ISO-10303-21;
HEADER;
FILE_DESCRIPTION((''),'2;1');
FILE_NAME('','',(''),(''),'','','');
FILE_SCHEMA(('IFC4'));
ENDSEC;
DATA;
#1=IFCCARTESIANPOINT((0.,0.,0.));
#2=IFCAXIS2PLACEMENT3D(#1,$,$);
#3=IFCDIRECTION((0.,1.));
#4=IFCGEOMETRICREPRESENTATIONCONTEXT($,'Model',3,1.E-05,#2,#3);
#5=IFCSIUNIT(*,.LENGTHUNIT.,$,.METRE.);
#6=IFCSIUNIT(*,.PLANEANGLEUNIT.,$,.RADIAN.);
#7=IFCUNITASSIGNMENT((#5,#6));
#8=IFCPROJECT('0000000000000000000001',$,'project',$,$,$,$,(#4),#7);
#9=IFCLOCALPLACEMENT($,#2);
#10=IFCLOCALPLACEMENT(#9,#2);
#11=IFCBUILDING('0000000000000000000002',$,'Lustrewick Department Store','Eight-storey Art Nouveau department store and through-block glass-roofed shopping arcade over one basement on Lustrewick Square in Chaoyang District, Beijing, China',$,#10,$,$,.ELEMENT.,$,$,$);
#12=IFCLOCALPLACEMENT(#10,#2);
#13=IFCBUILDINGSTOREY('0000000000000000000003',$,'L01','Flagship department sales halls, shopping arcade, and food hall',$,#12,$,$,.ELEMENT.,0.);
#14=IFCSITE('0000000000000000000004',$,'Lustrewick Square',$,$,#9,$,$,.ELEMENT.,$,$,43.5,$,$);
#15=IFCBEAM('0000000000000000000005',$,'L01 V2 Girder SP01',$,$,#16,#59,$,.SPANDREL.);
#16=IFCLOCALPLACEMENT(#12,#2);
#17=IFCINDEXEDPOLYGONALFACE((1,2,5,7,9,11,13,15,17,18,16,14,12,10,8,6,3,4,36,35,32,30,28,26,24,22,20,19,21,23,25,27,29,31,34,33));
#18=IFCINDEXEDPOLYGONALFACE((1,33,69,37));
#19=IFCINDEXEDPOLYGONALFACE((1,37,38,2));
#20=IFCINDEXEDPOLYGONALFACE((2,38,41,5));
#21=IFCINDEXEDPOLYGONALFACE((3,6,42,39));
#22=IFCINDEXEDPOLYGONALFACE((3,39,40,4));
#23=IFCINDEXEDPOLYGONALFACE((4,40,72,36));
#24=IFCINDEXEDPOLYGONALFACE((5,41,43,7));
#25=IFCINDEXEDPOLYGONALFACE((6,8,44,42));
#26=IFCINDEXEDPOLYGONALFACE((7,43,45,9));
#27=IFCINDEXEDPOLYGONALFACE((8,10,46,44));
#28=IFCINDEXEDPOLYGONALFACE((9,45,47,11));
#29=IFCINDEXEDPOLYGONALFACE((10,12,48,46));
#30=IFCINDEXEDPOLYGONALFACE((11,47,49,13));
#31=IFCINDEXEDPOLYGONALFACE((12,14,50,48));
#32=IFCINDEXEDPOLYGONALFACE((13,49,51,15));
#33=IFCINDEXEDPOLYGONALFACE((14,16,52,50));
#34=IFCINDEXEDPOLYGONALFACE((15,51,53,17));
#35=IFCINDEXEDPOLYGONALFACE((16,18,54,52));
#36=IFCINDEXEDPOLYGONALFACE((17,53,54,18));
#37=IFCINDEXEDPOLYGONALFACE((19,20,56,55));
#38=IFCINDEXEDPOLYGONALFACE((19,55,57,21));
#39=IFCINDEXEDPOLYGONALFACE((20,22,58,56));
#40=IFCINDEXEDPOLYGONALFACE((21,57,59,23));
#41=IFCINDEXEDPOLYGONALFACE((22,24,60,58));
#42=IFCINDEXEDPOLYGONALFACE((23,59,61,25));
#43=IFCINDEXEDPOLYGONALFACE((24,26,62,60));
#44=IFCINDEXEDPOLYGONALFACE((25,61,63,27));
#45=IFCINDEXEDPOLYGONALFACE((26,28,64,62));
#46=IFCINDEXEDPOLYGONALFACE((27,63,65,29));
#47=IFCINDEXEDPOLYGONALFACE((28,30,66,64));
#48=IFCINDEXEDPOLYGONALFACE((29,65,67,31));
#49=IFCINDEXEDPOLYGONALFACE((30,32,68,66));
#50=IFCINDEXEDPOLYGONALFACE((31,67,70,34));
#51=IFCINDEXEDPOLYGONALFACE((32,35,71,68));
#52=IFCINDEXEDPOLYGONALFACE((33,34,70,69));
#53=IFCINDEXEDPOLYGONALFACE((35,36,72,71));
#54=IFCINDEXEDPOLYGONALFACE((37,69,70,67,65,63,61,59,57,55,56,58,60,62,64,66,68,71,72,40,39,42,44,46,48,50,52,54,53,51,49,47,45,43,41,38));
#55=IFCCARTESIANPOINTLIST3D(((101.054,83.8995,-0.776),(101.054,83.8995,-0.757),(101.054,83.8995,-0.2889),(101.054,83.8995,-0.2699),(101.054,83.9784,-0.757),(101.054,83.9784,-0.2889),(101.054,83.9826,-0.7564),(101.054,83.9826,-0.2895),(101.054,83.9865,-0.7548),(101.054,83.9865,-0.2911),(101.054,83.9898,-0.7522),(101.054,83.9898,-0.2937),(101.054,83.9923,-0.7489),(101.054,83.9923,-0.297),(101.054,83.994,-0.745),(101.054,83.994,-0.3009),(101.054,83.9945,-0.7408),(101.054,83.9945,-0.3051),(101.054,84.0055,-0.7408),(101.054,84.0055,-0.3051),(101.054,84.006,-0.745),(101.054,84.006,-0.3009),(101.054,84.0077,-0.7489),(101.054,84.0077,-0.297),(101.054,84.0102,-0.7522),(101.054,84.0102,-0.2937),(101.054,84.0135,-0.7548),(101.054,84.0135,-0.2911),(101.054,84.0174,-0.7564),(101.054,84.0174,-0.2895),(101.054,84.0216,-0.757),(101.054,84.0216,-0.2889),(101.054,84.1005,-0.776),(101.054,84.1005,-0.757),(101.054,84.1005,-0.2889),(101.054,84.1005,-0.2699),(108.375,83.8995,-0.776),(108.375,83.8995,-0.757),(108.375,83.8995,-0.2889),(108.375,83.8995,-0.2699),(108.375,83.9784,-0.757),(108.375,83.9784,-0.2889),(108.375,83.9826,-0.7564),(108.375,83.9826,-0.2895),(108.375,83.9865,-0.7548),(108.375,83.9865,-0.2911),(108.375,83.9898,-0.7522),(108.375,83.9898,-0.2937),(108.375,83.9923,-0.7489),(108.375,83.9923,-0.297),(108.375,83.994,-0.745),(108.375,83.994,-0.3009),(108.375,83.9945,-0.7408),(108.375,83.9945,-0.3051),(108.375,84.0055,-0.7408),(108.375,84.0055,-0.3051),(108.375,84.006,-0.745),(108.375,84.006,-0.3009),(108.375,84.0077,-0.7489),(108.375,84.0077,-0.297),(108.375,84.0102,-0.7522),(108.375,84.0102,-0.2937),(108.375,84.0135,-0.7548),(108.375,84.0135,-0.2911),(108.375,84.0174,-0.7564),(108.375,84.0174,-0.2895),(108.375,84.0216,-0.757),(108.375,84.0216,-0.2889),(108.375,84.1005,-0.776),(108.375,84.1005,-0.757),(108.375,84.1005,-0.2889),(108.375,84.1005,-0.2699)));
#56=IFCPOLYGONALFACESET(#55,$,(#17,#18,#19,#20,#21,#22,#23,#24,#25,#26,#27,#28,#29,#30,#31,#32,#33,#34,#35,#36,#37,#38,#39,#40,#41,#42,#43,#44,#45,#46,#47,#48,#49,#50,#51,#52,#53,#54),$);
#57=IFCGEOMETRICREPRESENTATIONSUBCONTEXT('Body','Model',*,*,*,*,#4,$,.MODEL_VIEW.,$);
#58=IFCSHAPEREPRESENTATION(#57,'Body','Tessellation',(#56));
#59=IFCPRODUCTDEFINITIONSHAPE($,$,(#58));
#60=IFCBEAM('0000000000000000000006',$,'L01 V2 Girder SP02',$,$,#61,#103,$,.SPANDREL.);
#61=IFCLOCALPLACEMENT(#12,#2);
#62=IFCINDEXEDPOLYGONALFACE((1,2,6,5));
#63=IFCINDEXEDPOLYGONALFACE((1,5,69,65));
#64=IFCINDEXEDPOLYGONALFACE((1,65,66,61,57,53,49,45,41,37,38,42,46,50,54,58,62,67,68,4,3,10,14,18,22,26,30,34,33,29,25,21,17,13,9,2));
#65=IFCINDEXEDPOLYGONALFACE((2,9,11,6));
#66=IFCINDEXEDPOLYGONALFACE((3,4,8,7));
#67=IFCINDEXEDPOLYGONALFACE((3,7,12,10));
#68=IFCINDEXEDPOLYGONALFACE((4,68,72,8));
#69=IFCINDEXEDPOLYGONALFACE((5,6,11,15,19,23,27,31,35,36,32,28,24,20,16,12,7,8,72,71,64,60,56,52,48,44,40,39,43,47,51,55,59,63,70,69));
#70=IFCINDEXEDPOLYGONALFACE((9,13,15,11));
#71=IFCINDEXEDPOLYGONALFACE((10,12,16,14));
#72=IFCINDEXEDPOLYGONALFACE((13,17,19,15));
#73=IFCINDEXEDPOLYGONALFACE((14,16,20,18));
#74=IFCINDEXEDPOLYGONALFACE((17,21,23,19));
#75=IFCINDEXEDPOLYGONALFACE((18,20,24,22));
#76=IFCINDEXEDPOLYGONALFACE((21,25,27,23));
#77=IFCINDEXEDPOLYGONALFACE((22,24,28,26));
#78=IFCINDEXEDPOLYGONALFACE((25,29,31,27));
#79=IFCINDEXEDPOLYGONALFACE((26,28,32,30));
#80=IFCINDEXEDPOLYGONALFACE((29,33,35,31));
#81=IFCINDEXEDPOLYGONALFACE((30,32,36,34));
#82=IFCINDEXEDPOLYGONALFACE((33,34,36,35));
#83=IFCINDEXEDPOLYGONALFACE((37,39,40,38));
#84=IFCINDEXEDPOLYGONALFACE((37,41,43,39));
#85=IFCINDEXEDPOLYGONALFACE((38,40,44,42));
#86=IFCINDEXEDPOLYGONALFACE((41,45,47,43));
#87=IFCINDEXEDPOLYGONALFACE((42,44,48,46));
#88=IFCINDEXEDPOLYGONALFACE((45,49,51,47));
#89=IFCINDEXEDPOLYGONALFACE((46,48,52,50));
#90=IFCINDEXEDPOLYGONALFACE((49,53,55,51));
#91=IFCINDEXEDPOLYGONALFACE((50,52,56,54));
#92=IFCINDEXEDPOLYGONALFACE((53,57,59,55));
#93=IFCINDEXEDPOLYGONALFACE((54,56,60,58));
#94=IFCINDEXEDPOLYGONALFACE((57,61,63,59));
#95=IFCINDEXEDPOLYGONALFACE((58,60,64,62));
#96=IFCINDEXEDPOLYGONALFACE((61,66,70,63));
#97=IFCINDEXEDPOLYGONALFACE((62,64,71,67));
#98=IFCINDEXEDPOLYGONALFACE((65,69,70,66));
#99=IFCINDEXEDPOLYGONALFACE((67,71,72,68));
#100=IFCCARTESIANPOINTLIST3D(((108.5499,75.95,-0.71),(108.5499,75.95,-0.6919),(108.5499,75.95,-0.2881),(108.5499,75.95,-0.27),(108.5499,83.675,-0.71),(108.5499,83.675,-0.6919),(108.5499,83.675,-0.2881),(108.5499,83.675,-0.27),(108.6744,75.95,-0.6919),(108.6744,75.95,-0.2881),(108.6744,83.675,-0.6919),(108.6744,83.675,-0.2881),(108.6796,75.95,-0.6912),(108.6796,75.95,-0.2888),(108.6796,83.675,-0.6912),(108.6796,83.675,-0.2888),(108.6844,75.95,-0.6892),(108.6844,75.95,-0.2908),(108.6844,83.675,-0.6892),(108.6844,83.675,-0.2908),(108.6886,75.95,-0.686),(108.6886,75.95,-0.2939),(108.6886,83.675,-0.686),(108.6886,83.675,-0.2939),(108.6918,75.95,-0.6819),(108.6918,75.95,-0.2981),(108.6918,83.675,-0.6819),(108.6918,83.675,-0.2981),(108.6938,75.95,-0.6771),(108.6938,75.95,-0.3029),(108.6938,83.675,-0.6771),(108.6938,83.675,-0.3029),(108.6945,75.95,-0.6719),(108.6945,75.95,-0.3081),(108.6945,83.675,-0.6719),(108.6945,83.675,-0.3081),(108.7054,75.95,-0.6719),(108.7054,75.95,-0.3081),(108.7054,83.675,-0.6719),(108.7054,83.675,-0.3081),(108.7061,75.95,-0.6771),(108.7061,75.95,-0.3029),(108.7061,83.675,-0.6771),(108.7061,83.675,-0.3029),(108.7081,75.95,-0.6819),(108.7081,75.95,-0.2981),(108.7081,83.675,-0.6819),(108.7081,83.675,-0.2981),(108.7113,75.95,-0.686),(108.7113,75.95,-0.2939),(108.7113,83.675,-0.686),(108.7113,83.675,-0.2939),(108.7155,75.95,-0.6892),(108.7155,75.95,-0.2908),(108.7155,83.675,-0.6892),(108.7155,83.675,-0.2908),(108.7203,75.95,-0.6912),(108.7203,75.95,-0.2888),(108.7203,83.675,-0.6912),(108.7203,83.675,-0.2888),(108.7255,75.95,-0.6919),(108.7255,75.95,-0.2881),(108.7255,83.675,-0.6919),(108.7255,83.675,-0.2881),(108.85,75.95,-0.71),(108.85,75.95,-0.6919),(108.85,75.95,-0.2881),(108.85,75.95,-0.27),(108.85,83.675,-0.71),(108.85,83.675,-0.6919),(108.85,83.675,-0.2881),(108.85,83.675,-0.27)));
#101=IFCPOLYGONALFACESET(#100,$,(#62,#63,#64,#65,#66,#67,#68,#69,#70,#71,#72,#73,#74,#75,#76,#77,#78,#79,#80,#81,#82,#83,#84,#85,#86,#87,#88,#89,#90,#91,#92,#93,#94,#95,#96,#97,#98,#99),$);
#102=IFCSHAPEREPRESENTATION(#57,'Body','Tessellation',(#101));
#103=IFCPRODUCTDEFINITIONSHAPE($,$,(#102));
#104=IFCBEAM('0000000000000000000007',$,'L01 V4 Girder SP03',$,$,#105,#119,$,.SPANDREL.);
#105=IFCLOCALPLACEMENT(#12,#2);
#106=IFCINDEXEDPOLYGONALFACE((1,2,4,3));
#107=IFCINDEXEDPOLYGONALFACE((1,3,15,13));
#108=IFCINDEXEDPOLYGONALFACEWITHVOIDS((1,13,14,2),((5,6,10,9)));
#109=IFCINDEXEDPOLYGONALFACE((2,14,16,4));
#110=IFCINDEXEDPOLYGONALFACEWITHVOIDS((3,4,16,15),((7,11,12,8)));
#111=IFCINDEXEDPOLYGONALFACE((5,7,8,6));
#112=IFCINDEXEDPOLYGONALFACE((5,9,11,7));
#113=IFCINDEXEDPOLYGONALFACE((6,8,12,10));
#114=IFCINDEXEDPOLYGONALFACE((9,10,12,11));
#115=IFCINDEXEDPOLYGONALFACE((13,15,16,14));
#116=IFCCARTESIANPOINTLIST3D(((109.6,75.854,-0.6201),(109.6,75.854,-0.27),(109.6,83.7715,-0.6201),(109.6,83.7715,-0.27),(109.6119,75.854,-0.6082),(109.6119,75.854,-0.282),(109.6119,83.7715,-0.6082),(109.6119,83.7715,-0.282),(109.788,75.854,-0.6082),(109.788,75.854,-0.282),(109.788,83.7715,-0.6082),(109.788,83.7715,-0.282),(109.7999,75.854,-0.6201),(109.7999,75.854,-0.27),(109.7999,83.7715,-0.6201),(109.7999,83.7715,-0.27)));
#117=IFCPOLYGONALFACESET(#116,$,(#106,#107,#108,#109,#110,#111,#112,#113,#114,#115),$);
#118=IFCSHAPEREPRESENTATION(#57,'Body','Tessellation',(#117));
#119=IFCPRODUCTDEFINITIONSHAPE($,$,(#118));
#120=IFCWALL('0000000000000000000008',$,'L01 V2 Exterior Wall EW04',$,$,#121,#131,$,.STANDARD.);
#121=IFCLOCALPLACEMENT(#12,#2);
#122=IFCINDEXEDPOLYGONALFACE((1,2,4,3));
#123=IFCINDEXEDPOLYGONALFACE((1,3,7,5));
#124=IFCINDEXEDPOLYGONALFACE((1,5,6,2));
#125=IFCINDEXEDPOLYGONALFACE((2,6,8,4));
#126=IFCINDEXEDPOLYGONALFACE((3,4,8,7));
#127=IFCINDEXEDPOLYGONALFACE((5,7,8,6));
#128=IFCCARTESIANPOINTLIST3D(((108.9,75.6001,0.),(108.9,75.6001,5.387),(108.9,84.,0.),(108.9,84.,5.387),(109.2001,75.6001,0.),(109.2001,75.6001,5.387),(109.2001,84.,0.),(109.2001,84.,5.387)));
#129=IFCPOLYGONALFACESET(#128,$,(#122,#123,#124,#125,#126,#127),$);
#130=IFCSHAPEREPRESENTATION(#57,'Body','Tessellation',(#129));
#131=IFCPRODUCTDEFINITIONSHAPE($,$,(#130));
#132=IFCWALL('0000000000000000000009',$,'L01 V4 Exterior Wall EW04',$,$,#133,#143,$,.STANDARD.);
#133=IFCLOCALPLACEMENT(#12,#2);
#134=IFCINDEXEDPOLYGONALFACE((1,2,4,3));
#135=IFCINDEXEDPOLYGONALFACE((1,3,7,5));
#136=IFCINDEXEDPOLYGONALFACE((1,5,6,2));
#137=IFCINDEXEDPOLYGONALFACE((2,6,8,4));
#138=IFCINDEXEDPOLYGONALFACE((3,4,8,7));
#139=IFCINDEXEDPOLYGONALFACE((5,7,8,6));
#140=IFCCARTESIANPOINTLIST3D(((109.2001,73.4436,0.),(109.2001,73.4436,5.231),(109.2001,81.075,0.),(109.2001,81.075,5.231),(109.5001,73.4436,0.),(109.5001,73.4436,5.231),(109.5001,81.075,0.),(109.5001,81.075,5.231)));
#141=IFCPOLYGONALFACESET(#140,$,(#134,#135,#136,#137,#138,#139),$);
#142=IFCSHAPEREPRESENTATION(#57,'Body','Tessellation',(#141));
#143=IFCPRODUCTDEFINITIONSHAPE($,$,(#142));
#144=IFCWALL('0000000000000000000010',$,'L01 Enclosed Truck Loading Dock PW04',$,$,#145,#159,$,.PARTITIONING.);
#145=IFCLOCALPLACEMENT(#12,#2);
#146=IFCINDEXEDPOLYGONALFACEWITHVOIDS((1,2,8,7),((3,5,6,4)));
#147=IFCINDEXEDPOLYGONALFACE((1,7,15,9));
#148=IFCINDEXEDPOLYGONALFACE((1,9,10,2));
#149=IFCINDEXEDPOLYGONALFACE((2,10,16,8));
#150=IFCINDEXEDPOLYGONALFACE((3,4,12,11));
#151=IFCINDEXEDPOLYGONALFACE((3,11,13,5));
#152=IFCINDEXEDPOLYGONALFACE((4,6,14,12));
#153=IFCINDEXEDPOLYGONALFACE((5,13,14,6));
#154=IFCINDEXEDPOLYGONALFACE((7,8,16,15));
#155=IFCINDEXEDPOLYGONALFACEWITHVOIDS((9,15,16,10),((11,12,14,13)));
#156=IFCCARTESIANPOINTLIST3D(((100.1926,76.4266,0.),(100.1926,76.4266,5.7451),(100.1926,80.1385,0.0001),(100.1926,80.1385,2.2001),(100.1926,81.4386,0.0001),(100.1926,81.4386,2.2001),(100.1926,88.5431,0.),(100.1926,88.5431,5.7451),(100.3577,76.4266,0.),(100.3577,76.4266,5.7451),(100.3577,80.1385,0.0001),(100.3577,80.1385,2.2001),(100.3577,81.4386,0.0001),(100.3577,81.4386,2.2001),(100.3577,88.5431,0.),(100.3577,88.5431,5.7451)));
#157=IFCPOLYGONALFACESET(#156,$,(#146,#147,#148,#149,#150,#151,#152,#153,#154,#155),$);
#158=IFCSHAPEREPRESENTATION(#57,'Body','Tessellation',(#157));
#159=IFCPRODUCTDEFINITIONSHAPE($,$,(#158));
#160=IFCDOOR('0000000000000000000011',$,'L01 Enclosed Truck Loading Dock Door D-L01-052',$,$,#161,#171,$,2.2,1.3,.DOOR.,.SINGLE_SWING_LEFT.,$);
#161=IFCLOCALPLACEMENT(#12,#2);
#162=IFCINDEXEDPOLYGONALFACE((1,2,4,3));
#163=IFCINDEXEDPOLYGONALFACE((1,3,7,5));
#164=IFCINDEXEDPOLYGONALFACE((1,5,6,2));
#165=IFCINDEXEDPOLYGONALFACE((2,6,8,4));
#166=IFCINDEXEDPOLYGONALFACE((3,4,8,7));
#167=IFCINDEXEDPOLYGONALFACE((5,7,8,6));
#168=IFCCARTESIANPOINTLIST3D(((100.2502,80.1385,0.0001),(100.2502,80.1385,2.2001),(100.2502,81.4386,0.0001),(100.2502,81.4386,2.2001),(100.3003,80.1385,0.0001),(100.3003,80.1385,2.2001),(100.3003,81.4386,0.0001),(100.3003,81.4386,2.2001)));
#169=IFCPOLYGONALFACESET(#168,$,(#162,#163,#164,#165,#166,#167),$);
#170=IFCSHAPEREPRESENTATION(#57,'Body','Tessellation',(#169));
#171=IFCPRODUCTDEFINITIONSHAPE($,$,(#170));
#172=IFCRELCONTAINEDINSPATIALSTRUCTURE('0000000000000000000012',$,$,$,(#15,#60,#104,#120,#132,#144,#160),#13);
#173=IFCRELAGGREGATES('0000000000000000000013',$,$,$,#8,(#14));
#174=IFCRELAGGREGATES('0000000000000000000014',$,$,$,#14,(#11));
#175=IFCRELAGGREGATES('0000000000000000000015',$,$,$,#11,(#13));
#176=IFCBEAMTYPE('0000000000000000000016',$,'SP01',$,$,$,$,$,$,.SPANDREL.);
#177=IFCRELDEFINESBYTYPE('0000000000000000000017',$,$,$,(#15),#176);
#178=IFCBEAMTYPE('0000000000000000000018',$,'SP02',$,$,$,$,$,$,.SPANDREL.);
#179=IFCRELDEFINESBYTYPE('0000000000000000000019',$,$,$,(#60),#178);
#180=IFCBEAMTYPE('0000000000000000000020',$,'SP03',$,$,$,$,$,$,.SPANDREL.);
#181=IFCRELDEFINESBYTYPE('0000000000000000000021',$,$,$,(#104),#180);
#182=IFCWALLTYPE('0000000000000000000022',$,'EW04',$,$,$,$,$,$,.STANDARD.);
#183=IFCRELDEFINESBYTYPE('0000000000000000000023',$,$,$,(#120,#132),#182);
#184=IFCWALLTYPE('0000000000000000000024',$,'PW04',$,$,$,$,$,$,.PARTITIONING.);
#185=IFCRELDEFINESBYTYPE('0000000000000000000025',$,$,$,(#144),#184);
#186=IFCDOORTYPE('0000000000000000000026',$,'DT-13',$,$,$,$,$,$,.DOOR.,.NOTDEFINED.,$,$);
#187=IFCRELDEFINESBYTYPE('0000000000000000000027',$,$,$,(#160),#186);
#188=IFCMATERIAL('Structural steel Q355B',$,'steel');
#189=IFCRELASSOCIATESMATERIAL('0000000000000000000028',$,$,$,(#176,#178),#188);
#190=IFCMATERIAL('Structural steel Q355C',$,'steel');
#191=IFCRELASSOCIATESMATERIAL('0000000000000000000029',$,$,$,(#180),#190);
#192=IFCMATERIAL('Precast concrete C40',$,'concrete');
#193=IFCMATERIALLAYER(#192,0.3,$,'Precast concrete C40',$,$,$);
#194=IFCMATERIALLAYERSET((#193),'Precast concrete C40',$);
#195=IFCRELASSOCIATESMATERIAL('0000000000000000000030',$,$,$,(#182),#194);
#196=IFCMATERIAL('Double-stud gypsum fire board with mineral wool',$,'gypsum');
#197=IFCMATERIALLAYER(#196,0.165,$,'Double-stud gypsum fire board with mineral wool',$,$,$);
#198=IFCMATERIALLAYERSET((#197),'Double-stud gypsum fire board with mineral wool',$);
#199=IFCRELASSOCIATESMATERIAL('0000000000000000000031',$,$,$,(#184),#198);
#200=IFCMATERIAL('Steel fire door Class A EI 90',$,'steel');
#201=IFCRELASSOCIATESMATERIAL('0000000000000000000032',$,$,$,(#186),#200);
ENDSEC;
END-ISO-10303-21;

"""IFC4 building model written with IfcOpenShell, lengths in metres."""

from ifc_helpers import new_model, si_unit, direction, frame, frame_2d, origin, origin_2d, place, context, subcontext, project, spatial, rectangle, hollow_rectangle, i_section, extrude, material, layer, layer_set, material_profile, profile_set, type_object, element, fill, save


model = new_model("IFC4")

# Units and contexts
model_context = context("Model", 3, precision=1e-05, world=origin(), true_north=direction((0.0, 1.0)))
body_context = subcontext(model_context, "Body", "Model", "MODEL_VIEW")
ifc_project = project(units=[si_unit("LENGTHUNIT", "METRE"), si_unit("PLANEANGLEUNIT", "RADIAN")], contexts=[model_context])

# Site, building, storey
site_placement = place(None, origin())
site = spatial("IfcSite", under=ifc_project, at=site_placement, Name="Lustrewick Square", CompositionType="ELEMENT", RefElevation=43.5)
building_placement = place(site_placement, origin())
building = spatial("IfcBuilding", under=site, at=building_placement, Name="Lustrewick Department Store", Description="Eight-storey Art Nouveau department store and through-block glass-roofed shopping arcade over one basement on Lustrewick Square in Chaoyang District, Beijing, China", CompositionType="ELEMENT")
storey_placement = place(building_placement, origin())
storey = spatial("IfcBuildingStorey", under=building, at=storey_placement, Name="L01", Description="Flagship department sales halls, shopping arcade, and food hall", CompositionType="ELEMENT", Elevation=0.0)

# Shared definitions
ifc_material_1 = material(Name="Structural steel Q355C", Category="steel")

# Beams
ifc_material_2 = material(Name="Structural steel Q355B", Category="steel")
ifc_material_profile_1 = material_profile(ifc_material_2, i_section(OverallWidth=0.2009, OverallDepth=0.5061, WebThickness=0.011, FlangeThickness=0.019, FilletRadius=0.0161, at=origin_2d()), Name="HN 506x201x11x19")
ifc_profile_set_1 = profile_set([ifc_material_profile_1], Name="Structural steel Q355B")
beam_type_1 = type_object("IfcBeamType", Name="SP01", PredefinedType="SPANDREL", material=ifc_profile_set_1)
beam_1_placement = place(storey_placement, frame((101.054, 84.0, -0.5229), z_axis=(1.0, 0.0, 0.0), x_axis=(0.0, 1.0, 0.0)))
element("IfcBeam", 1, at=beam_1_placement, inside=storey, type_object=beam_type_1, Name="L01 V2 Girder SP01", PredefinedType="SPANDREL", context=body_context, shape_type="SweptSolid", body=[
    extrude(i_section(OverallWidth=0.2009, OverallDepth=0.5061, WebThickness=0.011, FlangeThickness=0.019, FilletRadius=0.0161, at=origin_2d()), origin(), (0.0, 0.0, 1.0), 7.321),
])
ifc_material_profile_2 = material_profile(ifc_material_2, i_section(OverallWidth=0.3, OverallDepth=0.4399, WebThickness=0.011, FlangeThickness=0.0181, FilletRadius=0.02, at=origin_2d()), Name="HM 440x300x11x18")
ifc_profile_set_2 = profile_set([ifc_material_profile_2], Name="Structural steel Q355B")
beam_type_2 = type_object("IfcBeamType", Name="SP02", PredefinedType="SPANDREL", material=ifc_profile_set_2)
beam_2_placement = place(storey_placement, frame((108.7, 75.95, -0.49), z_axis=(0.0, 1.0, 0.0), x_axis=(-1.0, 0.0, 0.0)))
element("IfcBeam", 2, at=beam_2_placement, inside=storey, type_object=beam_type_2, Name="L01 V2 Girder SP02", PredefinedType="SPANDREL", context=body_context, shape_type="SweptSolid", body=[
    extrude(i_section(OverallWidth=0.3, OverallDepth=0.4399, WebThickness=0.011, FlangeThickness=0.0181, FilletRadius=0.02, at=origin_2d()), origin(), (0.0, 0.0, 1.0), 7.7251),
])
ifc_material_profile_3 = material_profile(ifc_material_1, hollow_rectangle(XDim=0.2, YDim=0.3501, WallThickness=0.012, at=origin_2d()), Name="RHS 350x200x12")
ifc_profile_set_3 = profile_set([ifc_material_profile_3], Name="Structural steel Q355C")
beam_type_3 = type_object("IfcBeamType", Name="SP03", PredefinedType="SPANDREL", material=ifc_profile_set_3)
beam_3_placement = place(storey_placement, frame((109.7, 75.854, -0.4451), z_axis=(0.0, 1.0, 0.0), x_axis=(-1.0, 0.0, 0.0)))
element("IfcBeam", 3, at=beam_3_placement, inside=storey, type_object=beam_type_3, Name="L01 V4 Girder SP03", PredefinedType="SPANDREL", context=body_context, shape_type="SweptSolid", body=[
    extrude(hollow_rectangle(XDim=0.2, YDim=0.3501, WallThickness=0.012, at=origin_2d()), origin(), (0.0, 0.0, 1.0), 7.9175),
])

# Shared definitions
ifc_material_3 = material(Name="Precast concrete C40", Category="concrete")

# Walls
ifc_layer_1 = layer(ifc_material_3, 0.3, Name="Precast concrete C40")
ifc_layer_set_1 = layer_set([ifc_layer_1], Name="Precast concrete C40")
wall_type_1 = type_object("IfcWallType", Name="EW04", PredefinedType="STANDARD", material=ifc_layer_set_1)
wall_1_placement = place(storey_placement, frame((109.05, 75.6001, 0.0), z_axis=(0.0, 0.0, 1.0), x_axis=(0.0, 1.0, 0.0)))
element("IfcWall", 4, at=wall_1_placement, inside=storey, type_object=wall_type_1, Name="L01 V2 Exterior Wall EW04", PredefinedType="STANDARD", context=body_context, shape_type="SweptSolid", body=[
    extrude(rectangle(XDim=8.3999, YDim=0.3, at=frame_2d((4.2, 0.0))), origin(), (0.0, 0.0, 1.0), 5.387),
])
wall_2_placement = place(storey_placement, frame((109.3501, 81.075, 0.0), z_axis=(0.0, 0.0, 1.0), x_axis=(0.0, -1.0, 0.0)))
element("IfcWall", 5, at=wall_2_placement, inside=storey, type_object=wall_type_1, Name="L01 V4 Exterior Wall EW04", PredefinedType="STANDARD", context=body_context, shape_type="SweptSolid", body=[
    extrude(rectangle(XDim=7.6313, YDim=0.3, at=frame_2d((3.8157, 0.0))), origin(), (0.0, 0.0, 1.0), 5.231),
])

# Wall, opening, door
ifc_material_4 = material(Name="Double-stud gypsum fire board with mineral wool", Category="gypsum")
ifc_layer_2 = layer(ifc_material_4, 0.165, Name="Double-stud gypsum fire board with mineral wool")
ifc_layer_set_2 = layer_set([ifc_layer_2], Name="Double-stud gypsum fire board with mineral wool")
wall_type_2 = type_object("IfcWallType", Name="PW04", PredefinedType="PARTITIONING", material=ifc_layer_set_2)
wall_3_placement = place(storey_placement, frame((100.2751, 76.4268, 0.0), z_axis=(0.0, 0.0, 1.0), x_axis=(0.0, 1.0, 0.0)))
wall_3 = element("IfcWall", 6, at=wall_3_placement, inside=storey, type_object=wall_type_2, Name="L01 Enclosed Truck Loading Dock PW04", PredefinedType="PARTITIONING", context=body_context, shape_type="SweptSolid", body=[
    extrude(rectangle(XDim=12.1165, YDim=0.165, at=frame_2d((6.0581, 0.0))), origin(), (0.0, 0.0, 1.0), 5.7451),
])
opening_1_placement = place(wall_3_placement, frame((3.7119, 0.0, 0.0)))
opening_1 = element("IfcOpeningElement", 7, at=opening_1_placement, cuts=wall_3, PredefinedType="OPENING", context=body_context, shape_type="SweptSolid", body=[
    extrude(rectangle(XDim=1.3, YDim=2.2, at=frame_2d((0.6499, 1.1001))), frame((0.0, 0.0925, 0.0), z_axis=(0.0, -1.0, 0.0), x_axis=(1.0, 0.0, 0.0)), (0.0, 0.0, 1.0), 0.1851),
])
ifc_material_5 = material(Name="Steel fire door Class A EI 90", Category="steel")
door_type_1 = type_object("IfcDoorType", Name="DT-13", OperationType="NOTDEFINED", PredefinedType="DOOR", material=ifc_material_5)
door_1_placement = place(opening_1_placement, origin())
door_1 = element("IfcDoor", 8, at=door_1_placement, inside=storey, type_object=door_type_1, Name="L01 Enclosed Truck Loading Dock Door D-L01-052", OperationType="SINGLE_SWING_LEFT", OverallHeight=2.2, OverallWidth=1.3, PredefinedType="DOOR", context=body_context, shape_type="SweptSolid", body=[
    extrude(rectangle(XDim=1.3, YDim=2.2, at=frame_2d((0.6499, 1.1001))), frame((0.0, 0.0249, 0.0), z_axis=(0.0, -1.0, 0.0), x_axis=(1.0, 0.0, 0.0)), (0.0, 0.0, 1.0), 0.05),
])
fill(opening_1, door_1)

save(model, "model.ifc")
